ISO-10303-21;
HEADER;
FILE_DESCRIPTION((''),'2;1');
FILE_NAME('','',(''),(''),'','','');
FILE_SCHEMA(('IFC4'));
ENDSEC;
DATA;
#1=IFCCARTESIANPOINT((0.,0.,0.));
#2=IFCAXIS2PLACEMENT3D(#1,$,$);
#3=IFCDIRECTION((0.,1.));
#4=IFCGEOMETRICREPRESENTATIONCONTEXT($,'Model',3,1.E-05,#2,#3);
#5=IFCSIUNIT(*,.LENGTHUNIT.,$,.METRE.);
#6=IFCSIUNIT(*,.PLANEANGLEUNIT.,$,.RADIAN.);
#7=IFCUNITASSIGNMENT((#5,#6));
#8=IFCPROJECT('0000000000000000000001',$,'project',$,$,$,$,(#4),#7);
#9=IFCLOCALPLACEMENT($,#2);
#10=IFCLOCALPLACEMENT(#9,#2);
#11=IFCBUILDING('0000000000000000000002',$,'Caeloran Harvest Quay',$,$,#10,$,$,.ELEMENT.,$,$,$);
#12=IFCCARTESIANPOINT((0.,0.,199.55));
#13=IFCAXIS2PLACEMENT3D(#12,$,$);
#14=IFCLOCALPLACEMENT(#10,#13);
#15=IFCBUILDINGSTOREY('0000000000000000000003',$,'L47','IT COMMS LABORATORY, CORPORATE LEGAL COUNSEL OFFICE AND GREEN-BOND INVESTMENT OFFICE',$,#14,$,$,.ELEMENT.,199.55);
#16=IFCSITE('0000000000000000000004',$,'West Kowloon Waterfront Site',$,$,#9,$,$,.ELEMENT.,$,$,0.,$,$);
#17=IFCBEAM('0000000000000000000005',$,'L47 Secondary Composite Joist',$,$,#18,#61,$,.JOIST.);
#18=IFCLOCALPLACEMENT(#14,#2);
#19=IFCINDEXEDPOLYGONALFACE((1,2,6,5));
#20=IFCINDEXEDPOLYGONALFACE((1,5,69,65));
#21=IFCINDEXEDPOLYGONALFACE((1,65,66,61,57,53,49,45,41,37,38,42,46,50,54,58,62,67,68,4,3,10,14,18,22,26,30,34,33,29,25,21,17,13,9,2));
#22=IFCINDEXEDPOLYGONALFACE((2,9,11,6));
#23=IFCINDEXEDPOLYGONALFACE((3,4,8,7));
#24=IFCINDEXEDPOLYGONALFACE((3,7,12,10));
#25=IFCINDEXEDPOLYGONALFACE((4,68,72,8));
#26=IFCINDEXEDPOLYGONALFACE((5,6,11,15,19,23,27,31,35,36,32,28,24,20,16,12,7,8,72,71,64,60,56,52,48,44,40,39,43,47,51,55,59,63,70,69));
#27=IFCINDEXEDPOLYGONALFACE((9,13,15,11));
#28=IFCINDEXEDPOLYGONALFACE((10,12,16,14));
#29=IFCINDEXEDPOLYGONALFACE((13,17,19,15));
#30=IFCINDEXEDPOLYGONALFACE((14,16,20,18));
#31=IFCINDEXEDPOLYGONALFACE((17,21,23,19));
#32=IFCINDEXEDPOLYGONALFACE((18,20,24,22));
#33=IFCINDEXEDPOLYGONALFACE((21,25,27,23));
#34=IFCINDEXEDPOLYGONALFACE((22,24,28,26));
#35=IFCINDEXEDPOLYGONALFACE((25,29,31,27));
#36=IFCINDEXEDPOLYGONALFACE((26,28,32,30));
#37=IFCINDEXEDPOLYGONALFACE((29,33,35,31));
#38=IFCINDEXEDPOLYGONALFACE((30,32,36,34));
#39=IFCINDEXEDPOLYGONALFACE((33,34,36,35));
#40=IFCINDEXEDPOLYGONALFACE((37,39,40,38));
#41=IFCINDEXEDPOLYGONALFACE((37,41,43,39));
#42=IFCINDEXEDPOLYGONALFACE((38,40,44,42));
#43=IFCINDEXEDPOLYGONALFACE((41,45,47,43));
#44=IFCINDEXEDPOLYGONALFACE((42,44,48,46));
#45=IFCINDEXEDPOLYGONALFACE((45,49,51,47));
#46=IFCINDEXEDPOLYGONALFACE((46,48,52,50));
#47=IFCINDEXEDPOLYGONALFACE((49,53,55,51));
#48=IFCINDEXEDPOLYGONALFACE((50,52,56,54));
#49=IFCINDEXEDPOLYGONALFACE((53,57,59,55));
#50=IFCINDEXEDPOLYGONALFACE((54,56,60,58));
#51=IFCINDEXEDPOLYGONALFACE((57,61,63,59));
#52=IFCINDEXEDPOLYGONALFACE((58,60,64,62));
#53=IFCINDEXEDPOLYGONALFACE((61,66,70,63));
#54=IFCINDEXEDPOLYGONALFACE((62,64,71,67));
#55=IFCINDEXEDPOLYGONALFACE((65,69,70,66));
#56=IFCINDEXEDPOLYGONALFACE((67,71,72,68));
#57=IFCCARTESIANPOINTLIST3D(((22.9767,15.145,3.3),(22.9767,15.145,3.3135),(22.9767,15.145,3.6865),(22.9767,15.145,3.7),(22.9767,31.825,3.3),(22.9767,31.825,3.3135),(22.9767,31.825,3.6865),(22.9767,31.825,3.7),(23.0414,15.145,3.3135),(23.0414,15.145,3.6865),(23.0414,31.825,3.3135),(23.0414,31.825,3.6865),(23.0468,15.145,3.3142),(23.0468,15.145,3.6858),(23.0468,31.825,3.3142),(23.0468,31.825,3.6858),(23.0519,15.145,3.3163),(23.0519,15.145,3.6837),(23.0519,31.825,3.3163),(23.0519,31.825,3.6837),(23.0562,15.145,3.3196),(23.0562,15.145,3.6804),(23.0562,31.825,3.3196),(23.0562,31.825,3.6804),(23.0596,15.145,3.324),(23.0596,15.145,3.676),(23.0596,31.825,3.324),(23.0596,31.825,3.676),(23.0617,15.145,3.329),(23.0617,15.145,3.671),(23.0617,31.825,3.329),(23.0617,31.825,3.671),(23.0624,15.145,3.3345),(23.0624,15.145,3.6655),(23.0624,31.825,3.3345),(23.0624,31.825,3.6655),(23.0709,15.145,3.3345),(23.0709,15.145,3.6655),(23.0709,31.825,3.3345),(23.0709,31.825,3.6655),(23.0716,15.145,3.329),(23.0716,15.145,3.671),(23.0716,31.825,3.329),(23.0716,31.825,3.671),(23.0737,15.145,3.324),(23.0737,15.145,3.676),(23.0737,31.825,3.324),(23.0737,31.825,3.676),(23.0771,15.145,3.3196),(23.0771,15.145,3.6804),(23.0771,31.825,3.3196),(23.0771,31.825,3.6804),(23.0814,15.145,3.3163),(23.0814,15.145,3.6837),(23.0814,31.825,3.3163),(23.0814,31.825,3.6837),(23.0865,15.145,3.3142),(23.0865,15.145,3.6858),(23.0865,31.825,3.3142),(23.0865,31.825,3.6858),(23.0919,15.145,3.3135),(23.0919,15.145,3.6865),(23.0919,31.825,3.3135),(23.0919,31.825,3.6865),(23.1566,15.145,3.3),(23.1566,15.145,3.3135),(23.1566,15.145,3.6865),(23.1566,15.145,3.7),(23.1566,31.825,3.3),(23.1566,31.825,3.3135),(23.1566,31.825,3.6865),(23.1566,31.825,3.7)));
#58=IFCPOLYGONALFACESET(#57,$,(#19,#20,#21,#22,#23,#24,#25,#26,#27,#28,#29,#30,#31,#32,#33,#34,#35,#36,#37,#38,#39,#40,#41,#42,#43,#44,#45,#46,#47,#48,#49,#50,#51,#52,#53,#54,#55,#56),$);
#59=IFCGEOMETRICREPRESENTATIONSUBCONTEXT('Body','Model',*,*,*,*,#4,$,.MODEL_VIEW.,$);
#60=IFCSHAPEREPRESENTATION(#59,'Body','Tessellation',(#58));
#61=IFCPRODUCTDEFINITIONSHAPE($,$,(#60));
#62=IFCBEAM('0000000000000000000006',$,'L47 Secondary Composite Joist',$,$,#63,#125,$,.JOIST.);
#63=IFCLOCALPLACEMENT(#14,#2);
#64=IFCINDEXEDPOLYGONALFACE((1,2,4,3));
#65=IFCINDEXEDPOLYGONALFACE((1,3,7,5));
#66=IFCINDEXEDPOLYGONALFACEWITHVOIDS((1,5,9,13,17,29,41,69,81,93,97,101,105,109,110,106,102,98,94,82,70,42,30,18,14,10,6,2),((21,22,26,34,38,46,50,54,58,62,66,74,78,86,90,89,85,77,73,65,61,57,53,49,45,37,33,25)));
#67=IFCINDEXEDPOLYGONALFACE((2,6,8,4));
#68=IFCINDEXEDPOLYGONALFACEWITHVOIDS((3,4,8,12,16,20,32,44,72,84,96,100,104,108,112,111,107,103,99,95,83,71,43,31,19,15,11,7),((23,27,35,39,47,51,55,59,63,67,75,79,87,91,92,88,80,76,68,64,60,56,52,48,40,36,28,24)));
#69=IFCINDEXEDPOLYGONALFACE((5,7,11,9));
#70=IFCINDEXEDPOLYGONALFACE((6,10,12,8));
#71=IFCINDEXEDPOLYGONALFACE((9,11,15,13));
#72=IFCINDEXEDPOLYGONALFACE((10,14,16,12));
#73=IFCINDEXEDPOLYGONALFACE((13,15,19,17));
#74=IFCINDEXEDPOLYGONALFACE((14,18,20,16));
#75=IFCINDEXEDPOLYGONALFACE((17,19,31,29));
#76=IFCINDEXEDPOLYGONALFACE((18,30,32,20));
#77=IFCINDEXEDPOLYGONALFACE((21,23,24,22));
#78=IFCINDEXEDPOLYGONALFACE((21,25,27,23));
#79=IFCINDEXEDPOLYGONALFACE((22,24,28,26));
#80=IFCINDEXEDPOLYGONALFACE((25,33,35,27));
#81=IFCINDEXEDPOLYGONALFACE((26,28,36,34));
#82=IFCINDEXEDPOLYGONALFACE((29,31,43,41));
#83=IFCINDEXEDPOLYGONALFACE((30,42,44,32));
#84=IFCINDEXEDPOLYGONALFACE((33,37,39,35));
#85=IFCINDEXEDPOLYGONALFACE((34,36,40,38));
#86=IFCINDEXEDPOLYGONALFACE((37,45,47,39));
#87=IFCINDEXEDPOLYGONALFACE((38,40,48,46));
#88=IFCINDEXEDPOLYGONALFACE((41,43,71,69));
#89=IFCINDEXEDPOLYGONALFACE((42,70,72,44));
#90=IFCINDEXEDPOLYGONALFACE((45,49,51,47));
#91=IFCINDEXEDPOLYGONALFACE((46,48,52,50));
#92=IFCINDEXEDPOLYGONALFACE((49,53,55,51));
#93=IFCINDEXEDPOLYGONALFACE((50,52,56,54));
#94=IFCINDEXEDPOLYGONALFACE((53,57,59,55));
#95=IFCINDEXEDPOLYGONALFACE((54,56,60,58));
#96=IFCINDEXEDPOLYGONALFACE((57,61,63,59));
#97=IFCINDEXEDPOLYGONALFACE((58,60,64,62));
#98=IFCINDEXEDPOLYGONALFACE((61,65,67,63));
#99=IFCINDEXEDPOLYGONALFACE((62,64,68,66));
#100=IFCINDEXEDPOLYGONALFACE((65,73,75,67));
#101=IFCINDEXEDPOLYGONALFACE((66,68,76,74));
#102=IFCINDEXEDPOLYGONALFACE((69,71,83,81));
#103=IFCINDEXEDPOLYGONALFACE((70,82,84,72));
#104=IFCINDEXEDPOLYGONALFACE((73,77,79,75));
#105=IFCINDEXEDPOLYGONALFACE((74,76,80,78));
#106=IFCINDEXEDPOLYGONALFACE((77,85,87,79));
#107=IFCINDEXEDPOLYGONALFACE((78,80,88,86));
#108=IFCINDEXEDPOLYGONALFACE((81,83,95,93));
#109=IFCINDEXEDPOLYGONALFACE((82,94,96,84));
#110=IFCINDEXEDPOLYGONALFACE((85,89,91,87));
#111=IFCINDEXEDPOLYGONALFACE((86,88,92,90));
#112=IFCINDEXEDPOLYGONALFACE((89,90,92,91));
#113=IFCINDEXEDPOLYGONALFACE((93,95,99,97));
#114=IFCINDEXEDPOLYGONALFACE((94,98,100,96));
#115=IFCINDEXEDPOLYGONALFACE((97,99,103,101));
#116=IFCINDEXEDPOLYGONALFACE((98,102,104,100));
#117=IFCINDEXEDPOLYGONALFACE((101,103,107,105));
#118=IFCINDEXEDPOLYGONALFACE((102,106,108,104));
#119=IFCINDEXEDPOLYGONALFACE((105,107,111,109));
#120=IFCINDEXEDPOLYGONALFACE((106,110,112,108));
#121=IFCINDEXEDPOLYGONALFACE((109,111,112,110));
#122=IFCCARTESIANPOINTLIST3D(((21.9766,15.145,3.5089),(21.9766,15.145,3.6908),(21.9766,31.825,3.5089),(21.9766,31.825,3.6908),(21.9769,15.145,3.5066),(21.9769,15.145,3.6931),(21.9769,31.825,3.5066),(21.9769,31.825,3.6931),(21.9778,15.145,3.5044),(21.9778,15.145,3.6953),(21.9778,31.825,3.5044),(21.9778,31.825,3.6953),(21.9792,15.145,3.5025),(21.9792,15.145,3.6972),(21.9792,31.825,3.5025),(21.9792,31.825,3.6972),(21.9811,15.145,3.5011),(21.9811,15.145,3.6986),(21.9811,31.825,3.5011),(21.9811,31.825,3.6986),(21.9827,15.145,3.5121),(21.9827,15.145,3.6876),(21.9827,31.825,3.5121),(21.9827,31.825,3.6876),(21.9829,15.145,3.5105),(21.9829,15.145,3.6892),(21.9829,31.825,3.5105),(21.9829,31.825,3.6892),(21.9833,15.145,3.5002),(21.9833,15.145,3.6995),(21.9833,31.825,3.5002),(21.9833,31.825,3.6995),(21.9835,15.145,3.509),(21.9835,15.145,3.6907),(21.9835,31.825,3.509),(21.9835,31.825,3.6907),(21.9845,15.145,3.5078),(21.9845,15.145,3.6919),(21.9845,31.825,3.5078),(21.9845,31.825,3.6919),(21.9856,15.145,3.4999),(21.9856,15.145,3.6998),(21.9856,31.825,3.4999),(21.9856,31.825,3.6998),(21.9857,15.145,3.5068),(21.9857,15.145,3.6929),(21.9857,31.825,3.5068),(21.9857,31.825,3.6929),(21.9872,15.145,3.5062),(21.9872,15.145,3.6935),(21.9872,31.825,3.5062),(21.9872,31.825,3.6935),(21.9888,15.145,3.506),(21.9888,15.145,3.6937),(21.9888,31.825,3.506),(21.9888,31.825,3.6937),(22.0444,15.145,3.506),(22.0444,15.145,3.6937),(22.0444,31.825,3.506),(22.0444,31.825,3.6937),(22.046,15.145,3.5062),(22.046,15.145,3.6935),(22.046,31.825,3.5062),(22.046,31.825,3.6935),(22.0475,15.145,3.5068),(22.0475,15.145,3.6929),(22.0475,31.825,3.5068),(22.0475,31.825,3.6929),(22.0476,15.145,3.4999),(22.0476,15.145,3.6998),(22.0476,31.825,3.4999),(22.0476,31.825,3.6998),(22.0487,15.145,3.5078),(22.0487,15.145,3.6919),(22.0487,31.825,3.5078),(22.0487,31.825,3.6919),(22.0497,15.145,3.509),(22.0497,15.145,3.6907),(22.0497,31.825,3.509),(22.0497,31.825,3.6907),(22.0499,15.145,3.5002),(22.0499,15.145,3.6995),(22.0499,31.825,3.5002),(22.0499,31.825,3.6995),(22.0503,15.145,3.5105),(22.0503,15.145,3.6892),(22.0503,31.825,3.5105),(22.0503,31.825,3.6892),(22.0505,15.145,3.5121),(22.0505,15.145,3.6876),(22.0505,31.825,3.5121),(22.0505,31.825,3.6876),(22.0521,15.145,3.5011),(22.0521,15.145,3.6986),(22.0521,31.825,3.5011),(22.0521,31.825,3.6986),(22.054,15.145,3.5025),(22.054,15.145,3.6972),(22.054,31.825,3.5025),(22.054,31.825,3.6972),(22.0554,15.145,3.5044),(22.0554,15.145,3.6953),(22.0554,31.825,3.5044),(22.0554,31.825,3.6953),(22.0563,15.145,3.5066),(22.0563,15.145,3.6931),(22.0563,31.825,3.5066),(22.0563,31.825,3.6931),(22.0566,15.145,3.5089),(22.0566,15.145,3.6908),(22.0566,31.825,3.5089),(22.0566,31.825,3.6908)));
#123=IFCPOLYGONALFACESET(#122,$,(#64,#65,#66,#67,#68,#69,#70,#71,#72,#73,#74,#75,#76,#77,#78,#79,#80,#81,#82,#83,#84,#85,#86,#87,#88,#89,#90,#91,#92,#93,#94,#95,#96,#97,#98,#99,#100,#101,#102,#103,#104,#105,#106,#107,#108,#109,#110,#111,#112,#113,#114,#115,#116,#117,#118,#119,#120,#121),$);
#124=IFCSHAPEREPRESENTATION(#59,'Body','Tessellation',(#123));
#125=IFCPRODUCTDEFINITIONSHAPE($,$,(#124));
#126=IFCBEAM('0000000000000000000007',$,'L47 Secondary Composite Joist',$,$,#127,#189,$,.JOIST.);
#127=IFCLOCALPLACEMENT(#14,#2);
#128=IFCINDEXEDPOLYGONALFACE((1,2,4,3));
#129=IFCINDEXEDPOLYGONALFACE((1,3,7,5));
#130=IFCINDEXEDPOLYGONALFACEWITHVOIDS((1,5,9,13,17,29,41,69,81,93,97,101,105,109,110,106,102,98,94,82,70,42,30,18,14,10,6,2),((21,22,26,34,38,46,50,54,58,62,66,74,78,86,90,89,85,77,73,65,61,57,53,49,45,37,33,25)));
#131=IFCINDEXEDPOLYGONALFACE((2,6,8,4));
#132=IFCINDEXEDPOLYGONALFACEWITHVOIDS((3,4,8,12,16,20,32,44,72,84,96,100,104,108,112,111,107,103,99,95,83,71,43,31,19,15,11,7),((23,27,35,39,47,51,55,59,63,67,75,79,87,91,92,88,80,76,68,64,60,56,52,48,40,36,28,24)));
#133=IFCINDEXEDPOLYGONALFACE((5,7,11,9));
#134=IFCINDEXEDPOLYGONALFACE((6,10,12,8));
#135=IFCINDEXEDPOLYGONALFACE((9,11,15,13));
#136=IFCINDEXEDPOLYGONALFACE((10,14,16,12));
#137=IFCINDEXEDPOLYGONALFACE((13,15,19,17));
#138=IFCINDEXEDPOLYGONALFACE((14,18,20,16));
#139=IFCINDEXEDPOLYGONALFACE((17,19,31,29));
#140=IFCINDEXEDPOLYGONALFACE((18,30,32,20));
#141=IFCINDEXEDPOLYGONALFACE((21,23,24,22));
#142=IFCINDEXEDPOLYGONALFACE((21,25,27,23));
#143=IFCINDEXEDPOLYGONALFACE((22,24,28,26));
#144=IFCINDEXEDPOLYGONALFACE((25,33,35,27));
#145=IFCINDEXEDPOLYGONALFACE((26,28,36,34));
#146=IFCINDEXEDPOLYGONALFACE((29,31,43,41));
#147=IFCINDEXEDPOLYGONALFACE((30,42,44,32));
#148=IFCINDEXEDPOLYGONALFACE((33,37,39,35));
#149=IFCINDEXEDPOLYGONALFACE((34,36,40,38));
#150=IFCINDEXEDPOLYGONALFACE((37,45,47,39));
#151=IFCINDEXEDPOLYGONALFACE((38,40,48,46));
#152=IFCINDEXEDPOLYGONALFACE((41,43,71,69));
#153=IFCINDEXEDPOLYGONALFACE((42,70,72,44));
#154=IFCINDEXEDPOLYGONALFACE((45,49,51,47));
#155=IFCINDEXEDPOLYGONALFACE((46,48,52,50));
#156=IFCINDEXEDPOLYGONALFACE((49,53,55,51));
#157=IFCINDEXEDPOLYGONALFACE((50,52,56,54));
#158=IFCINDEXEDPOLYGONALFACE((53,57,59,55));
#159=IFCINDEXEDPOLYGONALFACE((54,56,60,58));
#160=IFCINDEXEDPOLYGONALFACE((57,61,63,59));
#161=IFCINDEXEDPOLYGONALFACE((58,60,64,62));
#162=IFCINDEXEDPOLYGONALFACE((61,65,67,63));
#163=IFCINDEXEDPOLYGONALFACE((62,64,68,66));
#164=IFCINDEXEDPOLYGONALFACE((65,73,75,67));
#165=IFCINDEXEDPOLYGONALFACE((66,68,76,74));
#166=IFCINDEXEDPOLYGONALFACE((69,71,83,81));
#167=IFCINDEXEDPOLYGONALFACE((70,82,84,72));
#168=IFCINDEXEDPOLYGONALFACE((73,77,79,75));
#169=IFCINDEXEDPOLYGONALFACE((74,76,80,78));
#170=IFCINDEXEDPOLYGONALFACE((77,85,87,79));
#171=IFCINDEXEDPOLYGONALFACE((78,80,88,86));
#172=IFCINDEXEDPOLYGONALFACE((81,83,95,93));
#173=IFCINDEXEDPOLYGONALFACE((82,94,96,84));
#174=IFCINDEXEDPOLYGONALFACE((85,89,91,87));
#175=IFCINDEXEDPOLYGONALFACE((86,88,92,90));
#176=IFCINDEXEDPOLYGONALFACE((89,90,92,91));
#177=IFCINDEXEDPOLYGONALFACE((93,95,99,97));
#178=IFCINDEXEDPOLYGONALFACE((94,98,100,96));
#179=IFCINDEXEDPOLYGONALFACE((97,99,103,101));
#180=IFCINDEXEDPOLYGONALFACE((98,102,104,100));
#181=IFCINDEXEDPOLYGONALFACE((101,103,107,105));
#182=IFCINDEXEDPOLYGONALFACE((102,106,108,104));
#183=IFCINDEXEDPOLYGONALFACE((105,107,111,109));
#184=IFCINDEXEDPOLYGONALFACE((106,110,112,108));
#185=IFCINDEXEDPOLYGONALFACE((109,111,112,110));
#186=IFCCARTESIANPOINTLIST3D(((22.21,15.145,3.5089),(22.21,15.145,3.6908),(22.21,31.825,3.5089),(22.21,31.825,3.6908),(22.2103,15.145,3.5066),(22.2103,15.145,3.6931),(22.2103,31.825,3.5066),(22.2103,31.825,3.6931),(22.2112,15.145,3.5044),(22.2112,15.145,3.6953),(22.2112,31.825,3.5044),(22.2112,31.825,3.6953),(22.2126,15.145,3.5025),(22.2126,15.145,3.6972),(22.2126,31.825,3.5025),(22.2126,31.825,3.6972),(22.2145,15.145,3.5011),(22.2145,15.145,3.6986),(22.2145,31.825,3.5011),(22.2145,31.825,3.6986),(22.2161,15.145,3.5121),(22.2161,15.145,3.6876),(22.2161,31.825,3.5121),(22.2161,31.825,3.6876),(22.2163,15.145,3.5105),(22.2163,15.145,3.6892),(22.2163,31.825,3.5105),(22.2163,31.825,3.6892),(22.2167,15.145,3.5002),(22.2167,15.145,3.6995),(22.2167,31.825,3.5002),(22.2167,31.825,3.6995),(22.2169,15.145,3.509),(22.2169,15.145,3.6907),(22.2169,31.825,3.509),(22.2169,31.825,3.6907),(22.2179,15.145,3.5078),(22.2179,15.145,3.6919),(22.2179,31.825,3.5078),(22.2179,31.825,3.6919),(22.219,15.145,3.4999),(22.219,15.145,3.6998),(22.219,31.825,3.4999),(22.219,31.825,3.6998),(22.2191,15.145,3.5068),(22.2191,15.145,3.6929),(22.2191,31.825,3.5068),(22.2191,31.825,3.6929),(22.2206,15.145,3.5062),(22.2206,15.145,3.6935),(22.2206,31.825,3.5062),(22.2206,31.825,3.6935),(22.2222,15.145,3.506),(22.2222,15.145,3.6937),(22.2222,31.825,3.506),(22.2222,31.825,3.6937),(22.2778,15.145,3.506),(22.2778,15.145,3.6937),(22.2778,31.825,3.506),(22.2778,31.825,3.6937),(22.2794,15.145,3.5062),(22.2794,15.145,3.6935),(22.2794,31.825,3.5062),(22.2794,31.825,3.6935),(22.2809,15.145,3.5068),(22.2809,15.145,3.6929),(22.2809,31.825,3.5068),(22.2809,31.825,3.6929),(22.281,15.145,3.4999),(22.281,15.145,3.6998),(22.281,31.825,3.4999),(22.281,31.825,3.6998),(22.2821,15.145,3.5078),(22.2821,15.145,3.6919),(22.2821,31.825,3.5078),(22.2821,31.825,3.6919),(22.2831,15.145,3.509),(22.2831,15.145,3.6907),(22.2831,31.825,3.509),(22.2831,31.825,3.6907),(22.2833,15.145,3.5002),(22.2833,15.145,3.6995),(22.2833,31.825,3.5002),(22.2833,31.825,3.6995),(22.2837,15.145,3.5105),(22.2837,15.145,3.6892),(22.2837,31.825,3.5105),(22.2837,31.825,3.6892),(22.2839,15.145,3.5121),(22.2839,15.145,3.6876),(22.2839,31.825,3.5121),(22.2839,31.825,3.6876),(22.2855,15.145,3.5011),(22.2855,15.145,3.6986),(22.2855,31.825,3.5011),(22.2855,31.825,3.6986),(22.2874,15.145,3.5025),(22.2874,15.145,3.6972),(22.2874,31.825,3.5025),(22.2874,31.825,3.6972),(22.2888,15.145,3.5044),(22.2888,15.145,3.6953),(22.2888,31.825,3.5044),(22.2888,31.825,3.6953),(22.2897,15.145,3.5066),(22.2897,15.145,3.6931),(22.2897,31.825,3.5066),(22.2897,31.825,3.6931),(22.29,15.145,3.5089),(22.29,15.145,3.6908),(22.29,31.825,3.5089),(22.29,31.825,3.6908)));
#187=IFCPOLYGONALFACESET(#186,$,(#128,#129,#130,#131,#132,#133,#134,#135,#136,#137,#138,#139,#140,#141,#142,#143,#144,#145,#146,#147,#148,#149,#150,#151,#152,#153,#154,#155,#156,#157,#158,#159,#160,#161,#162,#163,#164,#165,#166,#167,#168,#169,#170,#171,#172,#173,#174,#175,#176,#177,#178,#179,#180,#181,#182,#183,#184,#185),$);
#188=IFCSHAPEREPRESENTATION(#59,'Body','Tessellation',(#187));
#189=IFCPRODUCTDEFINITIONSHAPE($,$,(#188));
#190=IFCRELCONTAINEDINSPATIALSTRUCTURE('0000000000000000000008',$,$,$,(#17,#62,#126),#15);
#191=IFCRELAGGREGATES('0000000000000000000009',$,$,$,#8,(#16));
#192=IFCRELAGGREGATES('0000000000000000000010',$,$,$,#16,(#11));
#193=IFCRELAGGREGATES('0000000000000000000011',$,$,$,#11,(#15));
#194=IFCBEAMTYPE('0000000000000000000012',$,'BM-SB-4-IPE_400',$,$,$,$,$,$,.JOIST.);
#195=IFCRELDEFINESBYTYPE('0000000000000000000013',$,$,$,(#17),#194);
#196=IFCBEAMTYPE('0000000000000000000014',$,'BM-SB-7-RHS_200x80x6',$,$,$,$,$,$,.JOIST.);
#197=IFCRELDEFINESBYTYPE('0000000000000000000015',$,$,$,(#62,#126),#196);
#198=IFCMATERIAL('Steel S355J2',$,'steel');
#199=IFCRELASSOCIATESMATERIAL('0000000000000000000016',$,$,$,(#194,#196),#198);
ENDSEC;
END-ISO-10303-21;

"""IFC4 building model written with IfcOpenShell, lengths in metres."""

from ifc_helpers import new_model, si_unit, direction, frame, origin, origin_2d, place, context, subcontext, project, spatial, hollow_rectangle, i_section, extrude, material, material_profile, profile_set, type_object, element, save


model = new_model("IFC4")

# Units and contexts
model_context = context("Model", 3, precision=1e-05, world=origin(), true_north=direction((0.0, 1.0)))
body_context = subcontext(model_context, "Body", "Model", "MODEL_VIEW")
ifc_project = project(units=[si_unit("LENGTHUNIT", "METRE"), si_unit("PLANEANGLEUNIT", "RADIAN")], contexts=[model_context])

# Site, building, storey
site_placement = place(None, origin())
site = spatial("IfcSite", under=ifc_project, at=site_placement, Name="West Kowloon Waterfront Site", CompositionType="ELEMENT", RefElevation=0.0)
building_placement = place(site_placement, origin())
building = spatial("IfcBuilding", under=site, at=building_placement, Name="Caeloran Harvest Quay", CompositionType="ELEMENT")
storey_placement = place(building_placement, frame((0.0, 0.0, 199.55)))
storey = spatial("IfcBuildingStorey", under=building, at=storey_placement, Name="L47", Description="IT COMMS LABORATORY, CORPORATE LEGAL COUNSEL OFFICE AND GREEN-BOND INVESTMENT OFFICE", CompositionType="ELEMENT", Elevation=199.55)

# Beams
ifc_material_1 = material(Name="Steel S355J2", Category="steel")
ifc_material_profile_1 = material_profile(ifc_material_1, i_section(OverallWidth=0.1799, OverallDepth=0.3999, WebThickness=0.0085, FlangeThickness=0.0134, FilletRadius=0.021, at=origin_2d()), Name="IPE 400")
ifc_profile_set_1 = profile_set([ifc_material_profile_1], Name="Steel S355J2")
beam_type_1 = type_object("IfcBeamType", Name="BM-SB-4-IPE_400", PredefinedType="JOIST", material=ifc_profile_set_1)
for number, where, z_axis, x_axis, name in (
    (1, (23.0667, 15.145, 3.5), (0.0, 1.0, 0.0), (-1.0, 0.0, 0.0), "L47 Secondary Composite Joist"),
):
    element("IfcBeam", number, at=place(storey_placement, frame(where, z_axis=z_axis, x_axis=x_axis)), inside=storey, type_object=beam_type_1, Name=name, PredefinedType="JOIST", context=body_context, shape_type="SweptSolid", body=[
        extrude(i_section(OverallWidth=0.1799, OverallDepth=0.3999, WebThickness=0.0085, FlangeThickness=0.0134, FilletRadius=0.021, at=origin_2d()), origin(), (0.0, 0.0, 1.0), 16.6799),
    ])
ifc_material_profile_2 = material_profile(ifc_material_1, hollow_rectangle(XDim=0.0801, YDim=0.2, WallThickness=0.0061, InnerFilletRadius=0.0061, OuterFilletRadius=0.009, at=origin_2d()), Name="RHS 200x80x6")
ifc_profile_set_2 = profile_set([ifc_material_profile_2], Name="Steel S355J2")
beam_type_2 = type_object("IfcBeamType", Name="BM-SB-7-RHS_200x80x6", PredefinedType="JOIST", material=ifc_profile_set_2)
for number, where, z_axis, x_axis, name in (
    (2, (22.0166, 15.145, 3.5999), (0.0, 1.0, 0.0), (-1.0, 0.0, 0.0), "L47 Secondary Composite Joist"),
    (3, (22.25, 15.145, 3.5999), (0.0, 1.0, 0.0), (-1.0, 0.0, 0.0), "L47 Secondary Composite Joist"),
):
    element("IfcBeam", number, at=place(storey_placement, frame(where, z_axis=z_axis, x_axis=x_axis)), inside=storey, type_object=beam_type_2, Name=name, PredefinedType="JOIST", context=body_context, shape_type="SweptSolid", body=[
        extrude(hollow_rectangle(XDim=0.0801, YDim=0.2, WallThickness=0.0061, InnerFilletRadius=0.0061, OuterFilletRadius=0.009, at=origin_2d()), origin(), (0.0, 0.0, 1.0), 16.6799),
    ])

save(model, "model.ifc")
